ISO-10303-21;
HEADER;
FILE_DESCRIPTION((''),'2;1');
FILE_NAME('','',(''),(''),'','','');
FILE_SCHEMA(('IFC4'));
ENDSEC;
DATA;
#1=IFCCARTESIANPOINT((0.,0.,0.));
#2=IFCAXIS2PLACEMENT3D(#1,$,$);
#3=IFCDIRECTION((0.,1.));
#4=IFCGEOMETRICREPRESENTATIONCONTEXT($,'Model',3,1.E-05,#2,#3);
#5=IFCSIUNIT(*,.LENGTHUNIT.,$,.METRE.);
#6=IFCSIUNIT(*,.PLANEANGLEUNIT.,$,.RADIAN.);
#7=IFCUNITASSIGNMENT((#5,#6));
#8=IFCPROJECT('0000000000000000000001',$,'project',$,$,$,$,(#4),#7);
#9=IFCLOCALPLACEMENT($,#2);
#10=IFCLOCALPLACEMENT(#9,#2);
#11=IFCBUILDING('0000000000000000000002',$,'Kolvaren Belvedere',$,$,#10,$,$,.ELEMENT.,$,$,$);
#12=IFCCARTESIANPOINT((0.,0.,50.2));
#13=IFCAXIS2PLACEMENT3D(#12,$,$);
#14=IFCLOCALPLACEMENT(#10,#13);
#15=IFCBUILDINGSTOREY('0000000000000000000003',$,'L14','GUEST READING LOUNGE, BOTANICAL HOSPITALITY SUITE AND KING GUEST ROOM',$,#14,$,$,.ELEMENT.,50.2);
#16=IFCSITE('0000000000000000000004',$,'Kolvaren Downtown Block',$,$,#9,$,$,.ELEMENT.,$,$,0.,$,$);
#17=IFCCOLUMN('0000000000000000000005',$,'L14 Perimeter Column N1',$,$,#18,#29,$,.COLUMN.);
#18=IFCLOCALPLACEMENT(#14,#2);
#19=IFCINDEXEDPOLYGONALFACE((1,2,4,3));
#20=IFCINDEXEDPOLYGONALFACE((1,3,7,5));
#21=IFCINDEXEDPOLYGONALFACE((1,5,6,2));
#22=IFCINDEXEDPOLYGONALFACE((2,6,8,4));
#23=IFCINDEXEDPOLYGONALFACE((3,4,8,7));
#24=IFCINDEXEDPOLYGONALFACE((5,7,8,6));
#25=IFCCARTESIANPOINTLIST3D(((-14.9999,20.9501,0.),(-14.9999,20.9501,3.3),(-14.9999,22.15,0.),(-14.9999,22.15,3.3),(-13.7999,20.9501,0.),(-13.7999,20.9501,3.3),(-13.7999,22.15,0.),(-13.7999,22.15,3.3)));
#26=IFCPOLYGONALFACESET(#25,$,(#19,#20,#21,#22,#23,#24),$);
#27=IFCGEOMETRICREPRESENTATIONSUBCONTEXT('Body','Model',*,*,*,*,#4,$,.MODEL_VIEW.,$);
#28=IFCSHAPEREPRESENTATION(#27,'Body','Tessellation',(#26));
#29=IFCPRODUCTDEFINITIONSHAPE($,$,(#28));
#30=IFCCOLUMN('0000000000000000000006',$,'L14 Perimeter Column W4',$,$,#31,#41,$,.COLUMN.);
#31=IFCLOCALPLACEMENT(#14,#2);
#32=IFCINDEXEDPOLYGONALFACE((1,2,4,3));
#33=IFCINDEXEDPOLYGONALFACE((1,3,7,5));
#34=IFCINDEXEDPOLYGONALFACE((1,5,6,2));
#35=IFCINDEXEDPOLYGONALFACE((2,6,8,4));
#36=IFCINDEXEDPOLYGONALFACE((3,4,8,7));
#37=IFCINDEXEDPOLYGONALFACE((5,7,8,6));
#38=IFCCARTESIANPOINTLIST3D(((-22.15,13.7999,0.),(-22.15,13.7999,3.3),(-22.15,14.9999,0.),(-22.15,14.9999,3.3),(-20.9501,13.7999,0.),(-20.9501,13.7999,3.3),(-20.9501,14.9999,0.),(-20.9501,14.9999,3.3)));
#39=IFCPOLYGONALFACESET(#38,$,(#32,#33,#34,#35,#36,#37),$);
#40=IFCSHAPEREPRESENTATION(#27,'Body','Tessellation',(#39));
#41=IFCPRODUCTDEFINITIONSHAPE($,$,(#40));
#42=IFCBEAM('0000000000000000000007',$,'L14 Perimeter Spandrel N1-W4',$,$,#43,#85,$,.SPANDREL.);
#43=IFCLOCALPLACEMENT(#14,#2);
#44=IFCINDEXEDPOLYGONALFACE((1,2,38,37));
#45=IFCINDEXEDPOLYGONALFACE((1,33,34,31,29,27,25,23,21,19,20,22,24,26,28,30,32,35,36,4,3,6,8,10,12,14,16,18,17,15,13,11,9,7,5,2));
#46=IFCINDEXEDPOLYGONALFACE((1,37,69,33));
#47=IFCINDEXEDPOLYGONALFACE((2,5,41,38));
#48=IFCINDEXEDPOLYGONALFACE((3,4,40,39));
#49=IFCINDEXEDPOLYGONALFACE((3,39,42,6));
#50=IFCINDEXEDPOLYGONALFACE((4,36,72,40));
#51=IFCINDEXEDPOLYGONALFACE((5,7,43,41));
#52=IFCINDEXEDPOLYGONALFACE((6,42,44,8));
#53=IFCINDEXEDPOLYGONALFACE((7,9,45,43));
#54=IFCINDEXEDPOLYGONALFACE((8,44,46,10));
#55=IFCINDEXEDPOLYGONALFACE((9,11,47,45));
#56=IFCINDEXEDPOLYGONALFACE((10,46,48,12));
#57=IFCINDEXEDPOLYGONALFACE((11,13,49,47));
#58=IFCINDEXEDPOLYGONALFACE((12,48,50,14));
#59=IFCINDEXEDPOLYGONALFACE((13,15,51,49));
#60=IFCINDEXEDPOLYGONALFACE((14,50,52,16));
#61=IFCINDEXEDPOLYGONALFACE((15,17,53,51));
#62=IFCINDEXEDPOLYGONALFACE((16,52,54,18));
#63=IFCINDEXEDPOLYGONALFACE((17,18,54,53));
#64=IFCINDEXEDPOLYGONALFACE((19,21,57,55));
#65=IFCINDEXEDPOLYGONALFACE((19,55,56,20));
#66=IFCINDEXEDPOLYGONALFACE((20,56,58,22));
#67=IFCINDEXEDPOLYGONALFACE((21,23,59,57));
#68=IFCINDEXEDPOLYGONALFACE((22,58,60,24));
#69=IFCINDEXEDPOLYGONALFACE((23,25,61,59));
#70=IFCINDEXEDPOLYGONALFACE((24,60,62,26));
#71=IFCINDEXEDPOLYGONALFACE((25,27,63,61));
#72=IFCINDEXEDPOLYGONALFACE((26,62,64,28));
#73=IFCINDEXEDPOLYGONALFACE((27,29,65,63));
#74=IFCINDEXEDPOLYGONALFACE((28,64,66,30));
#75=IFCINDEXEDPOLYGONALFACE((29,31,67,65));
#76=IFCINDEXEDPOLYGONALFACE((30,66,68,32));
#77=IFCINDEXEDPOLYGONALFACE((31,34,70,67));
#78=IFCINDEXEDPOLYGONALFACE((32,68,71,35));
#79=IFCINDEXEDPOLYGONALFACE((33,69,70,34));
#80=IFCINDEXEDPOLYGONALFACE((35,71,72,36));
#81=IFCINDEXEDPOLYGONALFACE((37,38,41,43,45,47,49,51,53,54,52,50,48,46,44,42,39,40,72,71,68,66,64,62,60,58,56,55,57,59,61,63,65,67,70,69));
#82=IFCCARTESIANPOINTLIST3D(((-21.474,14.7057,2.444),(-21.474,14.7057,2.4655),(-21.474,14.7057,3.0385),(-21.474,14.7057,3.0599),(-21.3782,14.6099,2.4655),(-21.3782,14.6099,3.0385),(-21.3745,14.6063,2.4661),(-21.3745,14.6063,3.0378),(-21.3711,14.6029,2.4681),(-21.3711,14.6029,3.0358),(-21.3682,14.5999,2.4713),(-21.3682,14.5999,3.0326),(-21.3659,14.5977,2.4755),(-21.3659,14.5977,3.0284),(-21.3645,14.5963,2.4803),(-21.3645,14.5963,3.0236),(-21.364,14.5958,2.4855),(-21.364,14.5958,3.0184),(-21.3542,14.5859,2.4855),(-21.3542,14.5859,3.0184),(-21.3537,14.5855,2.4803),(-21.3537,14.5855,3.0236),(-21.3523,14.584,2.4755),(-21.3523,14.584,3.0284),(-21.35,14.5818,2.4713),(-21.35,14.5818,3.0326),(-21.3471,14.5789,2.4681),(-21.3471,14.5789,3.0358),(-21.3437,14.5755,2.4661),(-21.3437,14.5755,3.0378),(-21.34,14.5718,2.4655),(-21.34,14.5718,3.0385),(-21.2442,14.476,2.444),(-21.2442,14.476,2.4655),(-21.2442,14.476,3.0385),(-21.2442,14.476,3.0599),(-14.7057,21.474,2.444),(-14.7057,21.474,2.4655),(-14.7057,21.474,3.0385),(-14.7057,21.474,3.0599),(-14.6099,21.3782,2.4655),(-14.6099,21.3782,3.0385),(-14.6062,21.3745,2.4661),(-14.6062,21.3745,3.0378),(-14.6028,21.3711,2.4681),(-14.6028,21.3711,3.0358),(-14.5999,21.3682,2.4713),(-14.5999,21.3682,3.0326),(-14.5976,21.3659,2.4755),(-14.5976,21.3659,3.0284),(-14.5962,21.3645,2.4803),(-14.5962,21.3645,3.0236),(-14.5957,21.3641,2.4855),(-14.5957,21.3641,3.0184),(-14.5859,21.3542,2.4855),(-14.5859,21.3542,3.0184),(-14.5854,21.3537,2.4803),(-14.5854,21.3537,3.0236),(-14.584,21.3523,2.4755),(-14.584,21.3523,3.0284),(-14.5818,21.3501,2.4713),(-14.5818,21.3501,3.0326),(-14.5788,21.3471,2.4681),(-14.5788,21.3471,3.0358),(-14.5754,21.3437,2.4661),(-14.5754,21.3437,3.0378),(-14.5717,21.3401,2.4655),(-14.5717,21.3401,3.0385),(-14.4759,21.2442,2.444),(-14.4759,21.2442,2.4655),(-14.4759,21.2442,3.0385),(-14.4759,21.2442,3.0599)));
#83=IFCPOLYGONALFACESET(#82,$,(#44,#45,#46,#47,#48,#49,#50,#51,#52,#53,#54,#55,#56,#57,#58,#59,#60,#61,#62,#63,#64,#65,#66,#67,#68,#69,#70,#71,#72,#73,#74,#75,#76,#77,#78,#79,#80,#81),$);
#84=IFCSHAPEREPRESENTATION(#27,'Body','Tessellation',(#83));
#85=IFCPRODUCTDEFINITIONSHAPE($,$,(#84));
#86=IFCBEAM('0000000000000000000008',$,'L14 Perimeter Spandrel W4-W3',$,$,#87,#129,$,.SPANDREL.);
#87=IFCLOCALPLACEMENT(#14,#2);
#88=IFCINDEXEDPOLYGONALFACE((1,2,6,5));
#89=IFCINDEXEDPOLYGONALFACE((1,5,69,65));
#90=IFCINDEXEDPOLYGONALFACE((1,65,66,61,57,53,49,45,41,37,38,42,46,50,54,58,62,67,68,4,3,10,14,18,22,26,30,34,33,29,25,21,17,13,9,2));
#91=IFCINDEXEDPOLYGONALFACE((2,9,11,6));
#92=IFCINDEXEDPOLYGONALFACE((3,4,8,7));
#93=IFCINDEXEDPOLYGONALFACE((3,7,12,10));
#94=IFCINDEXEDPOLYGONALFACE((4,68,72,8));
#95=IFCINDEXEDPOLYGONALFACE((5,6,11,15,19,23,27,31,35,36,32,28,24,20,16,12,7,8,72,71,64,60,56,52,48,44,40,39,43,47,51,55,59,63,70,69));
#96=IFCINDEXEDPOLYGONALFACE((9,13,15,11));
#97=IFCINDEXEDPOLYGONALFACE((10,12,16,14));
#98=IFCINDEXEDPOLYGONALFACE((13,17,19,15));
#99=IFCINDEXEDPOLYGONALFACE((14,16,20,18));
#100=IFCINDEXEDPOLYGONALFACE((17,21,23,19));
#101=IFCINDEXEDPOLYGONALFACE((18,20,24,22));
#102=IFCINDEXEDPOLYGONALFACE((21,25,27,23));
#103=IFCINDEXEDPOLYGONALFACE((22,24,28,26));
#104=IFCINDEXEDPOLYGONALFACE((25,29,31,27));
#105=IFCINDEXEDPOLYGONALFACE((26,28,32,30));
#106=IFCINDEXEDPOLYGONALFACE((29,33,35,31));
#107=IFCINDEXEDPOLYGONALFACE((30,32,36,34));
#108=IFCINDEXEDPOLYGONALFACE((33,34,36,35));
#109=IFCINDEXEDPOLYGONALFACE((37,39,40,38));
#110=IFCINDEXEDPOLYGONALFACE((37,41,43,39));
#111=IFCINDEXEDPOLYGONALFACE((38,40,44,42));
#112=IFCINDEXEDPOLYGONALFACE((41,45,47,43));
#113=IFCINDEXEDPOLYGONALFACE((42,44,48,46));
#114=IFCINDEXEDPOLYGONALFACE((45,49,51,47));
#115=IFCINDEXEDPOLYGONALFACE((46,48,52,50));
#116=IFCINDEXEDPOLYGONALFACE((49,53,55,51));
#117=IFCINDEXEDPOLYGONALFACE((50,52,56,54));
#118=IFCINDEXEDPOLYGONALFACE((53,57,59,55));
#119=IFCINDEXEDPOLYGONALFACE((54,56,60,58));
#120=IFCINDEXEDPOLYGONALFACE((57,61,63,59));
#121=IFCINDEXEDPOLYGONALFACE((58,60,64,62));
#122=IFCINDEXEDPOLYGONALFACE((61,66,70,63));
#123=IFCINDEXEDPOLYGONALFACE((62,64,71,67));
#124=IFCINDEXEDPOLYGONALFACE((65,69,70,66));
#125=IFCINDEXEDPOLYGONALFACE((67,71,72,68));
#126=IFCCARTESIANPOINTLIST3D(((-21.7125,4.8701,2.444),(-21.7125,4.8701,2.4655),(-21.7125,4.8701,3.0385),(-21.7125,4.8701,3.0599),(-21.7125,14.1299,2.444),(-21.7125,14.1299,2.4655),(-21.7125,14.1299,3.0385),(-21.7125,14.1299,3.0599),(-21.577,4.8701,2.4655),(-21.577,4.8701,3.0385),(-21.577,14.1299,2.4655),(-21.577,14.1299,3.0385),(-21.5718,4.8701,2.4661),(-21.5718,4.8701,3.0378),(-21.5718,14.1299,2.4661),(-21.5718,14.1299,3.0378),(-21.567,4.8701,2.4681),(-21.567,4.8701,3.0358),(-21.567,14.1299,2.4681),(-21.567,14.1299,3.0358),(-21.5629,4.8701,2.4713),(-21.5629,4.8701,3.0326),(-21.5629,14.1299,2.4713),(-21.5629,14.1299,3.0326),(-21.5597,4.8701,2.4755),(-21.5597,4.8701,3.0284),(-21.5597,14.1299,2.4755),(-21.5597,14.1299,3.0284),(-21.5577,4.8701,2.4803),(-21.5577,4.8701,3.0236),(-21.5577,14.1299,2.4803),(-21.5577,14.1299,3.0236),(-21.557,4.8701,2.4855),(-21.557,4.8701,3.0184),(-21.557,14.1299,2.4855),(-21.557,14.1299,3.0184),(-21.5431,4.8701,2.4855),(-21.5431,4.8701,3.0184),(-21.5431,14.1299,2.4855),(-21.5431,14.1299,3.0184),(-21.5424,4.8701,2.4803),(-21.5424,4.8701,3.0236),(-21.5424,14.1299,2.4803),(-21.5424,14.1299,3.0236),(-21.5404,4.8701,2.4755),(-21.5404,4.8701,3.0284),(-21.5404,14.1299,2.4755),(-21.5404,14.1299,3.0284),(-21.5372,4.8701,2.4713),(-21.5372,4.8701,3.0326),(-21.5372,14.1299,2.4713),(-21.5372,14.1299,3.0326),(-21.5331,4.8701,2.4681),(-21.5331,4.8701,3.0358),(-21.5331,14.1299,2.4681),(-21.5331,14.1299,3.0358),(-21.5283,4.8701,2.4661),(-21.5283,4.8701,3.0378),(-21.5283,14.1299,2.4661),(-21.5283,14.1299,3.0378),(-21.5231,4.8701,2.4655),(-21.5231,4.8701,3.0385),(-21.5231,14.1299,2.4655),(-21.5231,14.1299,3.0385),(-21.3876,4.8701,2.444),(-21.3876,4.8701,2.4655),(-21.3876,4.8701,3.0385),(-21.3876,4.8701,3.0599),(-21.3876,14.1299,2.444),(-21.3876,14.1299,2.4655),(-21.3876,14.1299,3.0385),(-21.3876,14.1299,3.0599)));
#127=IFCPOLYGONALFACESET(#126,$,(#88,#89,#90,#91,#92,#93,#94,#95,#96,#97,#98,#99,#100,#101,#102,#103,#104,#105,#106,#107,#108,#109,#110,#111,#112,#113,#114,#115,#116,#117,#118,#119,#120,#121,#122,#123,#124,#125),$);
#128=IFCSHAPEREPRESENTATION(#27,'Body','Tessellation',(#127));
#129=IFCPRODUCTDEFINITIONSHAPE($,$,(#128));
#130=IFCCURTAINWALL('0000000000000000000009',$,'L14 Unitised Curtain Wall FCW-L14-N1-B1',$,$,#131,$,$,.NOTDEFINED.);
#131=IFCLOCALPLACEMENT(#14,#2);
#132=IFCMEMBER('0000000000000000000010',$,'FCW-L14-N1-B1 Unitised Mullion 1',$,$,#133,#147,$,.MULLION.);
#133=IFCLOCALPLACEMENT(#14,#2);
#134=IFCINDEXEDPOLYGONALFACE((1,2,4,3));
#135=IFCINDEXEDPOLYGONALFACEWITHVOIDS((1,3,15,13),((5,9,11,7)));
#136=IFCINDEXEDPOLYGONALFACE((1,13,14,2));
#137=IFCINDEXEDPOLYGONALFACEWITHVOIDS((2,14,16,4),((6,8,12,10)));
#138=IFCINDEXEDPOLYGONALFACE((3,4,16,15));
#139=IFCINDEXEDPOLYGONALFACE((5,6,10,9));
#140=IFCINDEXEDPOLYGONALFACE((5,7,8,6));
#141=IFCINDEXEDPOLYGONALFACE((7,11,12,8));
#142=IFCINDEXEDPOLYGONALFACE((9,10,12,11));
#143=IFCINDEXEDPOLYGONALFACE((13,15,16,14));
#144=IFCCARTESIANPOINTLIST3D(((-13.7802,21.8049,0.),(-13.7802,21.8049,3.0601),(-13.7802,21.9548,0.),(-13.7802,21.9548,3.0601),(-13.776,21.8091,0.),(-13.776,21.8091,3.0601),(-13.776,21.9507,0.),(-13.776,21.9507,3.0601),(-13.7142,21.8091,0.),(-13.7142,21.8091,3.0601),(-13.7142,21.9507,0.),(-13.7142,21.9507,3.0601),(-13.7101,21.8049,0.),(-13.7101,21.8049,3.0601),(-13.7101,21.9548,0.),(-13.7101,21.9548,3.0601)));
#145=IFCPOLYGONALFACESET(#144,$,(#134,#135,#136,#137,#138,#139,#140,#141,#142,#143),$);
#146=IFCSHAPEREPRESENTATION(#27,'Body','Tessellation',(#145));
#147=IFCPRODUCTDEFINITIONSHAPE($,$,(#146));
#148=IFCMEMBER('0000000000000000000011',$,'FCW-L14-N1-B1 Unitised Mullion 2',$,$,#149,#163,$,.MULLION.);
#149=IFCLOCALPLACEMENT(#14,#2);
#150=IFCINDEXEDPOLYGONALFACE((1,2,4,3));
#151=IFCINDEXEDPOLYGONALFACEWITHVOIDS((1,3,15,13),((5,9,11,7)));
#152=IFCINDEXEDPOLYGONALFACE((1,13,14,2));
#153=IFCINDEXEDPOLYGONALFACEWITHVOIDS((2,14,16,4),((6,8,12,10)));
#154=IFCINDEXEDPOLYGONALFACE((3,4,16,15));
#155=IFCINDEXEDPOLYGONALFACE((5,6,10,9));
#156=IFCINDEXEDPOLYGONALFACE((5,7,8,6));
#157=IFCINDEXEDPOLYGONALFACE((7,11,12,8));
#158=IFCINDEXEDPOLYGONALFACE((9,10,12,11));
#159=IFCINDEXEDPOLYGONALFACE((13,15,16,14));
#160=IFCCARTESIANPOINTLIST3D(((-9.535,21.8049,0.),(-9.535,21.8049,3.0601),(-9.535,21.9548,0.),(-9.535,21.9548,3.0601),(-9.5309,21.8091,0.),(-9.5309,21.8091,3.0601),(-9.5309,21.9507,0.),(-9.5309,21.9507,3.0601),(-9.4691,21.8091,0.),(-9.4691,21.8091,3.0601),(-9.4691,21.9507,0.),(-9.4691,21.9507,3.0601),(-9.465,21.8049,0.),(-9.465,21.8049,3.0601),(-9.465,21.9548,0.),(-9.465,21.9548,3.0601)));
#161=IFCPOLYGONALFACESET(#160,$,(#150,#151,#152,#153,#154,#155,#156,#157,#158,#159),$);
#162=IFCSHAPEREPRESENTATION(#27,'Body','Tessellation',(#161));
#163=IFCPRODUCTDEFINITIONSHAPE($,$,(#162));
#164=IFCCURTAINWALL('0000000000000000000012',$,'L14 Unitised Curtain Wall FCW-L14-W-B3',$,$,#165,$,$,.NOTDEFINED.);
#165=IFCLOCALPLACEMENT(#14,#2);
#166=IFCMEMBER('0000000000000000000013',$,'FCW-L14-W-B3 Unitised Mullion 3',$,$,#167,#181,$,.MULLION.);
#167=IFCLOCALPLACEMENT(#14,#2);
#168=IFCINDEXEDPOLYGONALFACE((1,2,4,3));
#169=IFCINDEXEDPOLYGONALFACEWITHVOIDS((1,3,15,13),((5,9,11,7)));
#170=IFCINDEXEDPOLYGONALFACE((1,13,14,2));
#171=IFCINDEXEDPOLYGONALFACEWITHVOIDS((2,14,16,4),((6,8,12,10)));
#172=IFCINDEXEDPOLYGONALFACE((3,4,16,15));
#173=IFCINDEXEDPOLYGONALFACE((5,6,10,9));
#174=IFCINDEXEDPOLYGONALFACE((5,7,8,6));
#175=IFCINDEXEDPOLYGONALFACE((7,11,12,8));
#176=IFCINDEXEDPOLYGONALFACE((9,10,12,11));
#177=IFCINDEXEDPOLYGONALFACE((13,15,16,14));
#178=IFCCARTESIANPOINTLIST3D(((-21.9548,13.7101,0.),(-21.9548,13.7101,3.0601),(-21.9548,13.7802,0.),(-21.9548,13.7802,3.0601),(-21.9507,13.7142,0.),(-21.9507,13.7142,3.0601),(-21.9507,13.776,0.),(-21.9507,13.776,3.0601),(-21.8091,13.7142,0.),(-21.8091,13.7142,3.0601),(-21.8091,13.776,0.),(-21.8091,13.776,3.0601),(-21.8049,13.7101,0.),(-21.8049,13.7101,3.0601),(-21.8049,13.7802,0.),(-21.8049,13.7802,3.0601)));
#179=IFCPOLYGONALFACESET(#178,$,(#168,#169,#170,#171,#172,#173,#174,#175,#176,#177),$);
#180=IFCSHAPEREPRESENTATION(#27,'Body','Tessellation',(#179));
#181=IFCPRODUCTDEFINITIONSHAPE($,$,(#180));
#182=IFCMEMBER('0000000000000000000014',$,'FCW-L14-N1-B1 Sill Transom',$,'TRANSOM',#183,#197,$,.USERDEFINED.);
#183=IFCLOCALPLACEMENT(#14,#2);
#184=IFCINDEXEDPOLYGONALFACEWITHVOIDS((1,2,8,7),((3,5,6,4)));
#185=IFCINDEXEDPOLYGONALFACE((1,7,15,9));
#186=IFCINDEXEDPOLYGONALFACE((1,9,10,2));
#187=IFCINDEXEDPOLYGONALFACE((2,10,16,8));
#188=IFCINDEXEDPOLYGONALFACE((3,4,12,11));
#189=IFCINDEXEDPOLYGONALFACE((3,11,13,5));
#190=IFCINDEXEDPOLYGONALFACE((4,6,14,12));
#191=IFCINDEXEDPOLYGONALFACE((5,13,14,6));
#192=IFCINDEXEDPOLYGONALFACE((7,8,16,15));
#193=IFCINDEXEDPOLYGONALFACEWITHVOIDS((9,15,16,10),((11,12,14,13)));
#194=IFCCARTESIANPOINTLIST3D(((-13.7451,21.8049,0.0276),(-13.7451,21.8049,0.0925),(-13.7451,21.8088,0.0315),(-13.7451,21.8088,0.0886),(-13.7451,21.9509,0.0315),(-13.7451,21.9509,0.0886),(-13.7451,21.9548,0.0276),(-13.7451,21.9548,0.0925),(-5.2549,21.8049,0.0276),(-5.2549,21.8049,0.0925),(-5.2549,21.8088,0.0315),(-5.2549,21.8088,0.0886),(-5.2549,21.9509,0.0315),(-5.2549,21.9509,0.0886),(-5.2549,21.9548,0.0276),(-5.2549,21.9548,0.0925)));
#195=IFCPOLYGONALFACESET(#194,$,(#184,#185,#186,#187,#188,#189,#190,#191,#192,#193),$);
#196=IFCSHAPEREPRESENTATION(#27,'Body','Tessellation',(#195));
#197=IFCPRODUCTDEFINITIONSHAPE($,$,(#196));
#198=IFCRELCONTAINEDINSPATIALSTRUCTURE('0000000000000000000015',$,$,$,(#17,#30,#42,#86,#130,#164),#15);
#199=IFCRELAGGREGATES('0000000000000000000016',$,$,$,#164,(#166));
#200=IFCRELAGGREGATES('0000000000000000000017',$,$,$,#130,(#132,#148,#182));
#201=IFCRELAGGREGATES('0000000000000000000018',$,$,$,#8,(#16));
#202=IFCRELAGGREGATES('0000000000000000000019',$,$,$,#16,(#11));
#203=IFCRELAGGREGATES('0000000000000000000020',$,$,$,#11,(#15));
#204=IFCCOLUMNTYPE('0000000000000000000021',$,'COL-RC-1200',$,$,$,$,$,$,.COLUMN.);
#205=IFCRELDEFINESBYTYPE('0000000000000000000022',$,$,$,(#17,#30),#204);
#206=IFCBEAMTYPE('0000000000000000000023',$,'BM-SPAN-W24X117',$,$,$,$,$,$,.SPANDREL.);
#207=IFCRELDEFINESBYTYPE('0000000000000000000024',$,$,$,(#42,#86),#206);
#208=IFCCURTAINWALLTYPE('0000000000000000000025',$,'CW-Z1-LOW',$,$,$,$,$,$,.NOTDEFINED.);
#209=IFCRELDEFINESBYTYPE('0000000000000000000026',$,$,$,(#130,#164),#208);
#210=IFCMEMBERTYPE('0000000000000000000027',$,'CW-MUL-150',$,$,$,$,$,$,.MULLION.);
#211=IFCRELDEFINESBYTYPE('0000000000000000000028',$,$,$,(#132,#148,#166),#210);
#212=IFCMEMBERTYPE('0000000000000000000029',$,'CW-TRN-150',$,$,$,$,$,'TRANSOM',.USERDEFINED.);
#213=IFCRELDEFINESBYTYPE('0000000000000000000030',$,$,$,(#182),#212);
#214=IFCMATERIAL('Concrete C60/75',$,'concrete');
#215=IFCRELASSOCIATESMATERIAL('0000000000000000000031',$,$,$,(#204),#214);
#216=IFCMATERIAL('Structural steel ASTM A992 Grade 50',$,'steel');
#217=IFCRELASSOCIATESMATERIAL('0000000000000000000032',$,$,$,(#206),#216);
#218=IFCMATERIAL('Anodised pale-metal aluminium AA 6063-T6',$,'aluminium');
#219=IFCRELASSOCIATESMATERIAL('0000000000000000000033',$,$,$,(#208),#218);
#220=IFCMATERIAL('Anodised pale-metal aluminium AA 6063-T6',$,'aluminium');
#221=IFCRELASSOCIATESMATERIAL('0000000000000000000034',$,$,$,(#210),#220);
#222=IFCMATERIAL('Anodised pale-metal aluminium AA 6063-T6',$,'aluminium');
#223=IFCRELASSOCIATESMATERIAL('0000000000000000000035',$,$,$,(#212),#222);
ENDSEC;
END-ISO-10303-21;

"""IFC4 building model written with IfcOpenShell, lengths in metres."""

from ifc_helpers import new_model, si_unit, direction, frame, origin, origin_2d, place, context, subcontext, project, spatial, rectangle, hollow_rectangle, i_section, extrude, material, material_profile, profile_set, type_object, element, aggregate, save


model = new_model("IFC4")

# Units and contexts
model_context = context("Model", 3, precision=1e-05, world=origin(), true_north=direction((0.0, 1.0)))
body_context = subcontext(model_context, "Body", "Model", "MODEL_VIEW")
ifc_project = project(units=[si_unit("LENGTHUNIT", "METRE"), si_unit("PLANEANGLEUNIT", "RADIAN")], contexts=[model_context])

# Site, building, storey
site_placement = place(None, origin())
site = spatial("IfcSite", under=ifc_project, at=site_placement, Name="Kolvaren Downtown Block", CompositionType="ELEMENT", RefElevation=0.0)
building_placement = place(site_placement, origin())
building = spatial("IfcBuilding", under=site, at=building_placement, Name="Kolvaren Belvedere", CompositionType="ELEMENT")
storey_placement = place(building_placement, frame((0.0, 0.0, 50.2)))
storey = spatial("IfcBuildingStorey", under=building, at=storey_placement, Name="L14", Description="GUEST READING LOUNGE, BOTANICAL HOSPITALITY SUITE AND KING GUEST ROOM", CompositionType="ELEMENT", Elevation=50.2)

# Columns
ifc_material_1 = material(Name="Concrete C60/75", Category="concrete")
ifc_material_profile_1 = material_profile(ifc_material_1, rectangle(XDim=1.2, YDim=1.2, at=origin_2d()), Name="RC 1200X1200")
ifc_profile_set_1 = profile_set([ifc_material_profile_1], Name="Concrete C60/75")
column_type = type_object("IfcColumnType", Name="COL-RC-1200", PredefinedType="COLUMN", material=ifc_profile_set_1)
for number, where, z_axis, x_axis, name in (
    (1, (-14.3999, 21.55, 0.0), (0.0, 0.0, 1.0), (1.0, 0.0, 0.0), "L14 Perimeter Column N1"),
    (2, (-21.55, 14.3999, 0.0), (0.0, 0.0, 1.0), (1.0, 0.0, 0.0), "L14 Perimeter Column W4"),
):
    element("IfcColumn", number, at=place(storey_placement, frame(where, z_axis=z_axis, x_axis=x_axis)), inside=storey, type_object=column_type, Name=name, PredefinedType="COLUMN", context=body_context, shape_type="SweptSolid", body=[
        extrude(rectangle(XDim=1.2, YDim=1.2, at=origin_2d()), origin(), (0.0, 0.0, 1.0), 3.3),
    ])

# Beams
ifc_material_2 = material(Name="Structural steel ASTM A992 Grade 50", Category="steel")
ifc_material_profile_2 = material_profile(ifc_material_2, i_section(OverallWidth=0.325, OverallDepth=0.616, WebThickness=0.0139, FlangeThickness=0.0215, FilletRadius=0.02, at=origin_2d()), Name="W24X117")
ifc_profile_set_2 = profile_set([ifc_material_profile_2], Name="Structural steel ASTM A992 Grade 50")
beam_type = type_object("IfcBeamType", Name="BM-SPAN-W24X117", PredefinedType="SPANDREL", material=ifc_profile_set_2)
beam_1_placement = place(storey_placement, frame((-14.5908, 21.3591, 2.752), z_axis=(-0.707107, -0.707107, 0.0), x_axis=(0.707107, -0.707107, 0.0)))
element("IfcBeam", 3, at=beam_1_placement, inside=storey, type_object=beam_type, Name="L14 Perimeter Spandrel N1-W4", PredefinedType="SPANDREL", context=body_context, shape_type="SweptSolid", body=[
    extrude(i_section(OverallWidth=0.325, OverallDepth=0.616, WebThickness=0.0139, FlangeThickness=0.0215, FilletRadius=0.02, at=origin_2d()), origin(), (0.0, 0.0, 1.0), 9.5718),
])
beam_2_placement = place(storey_placement, frame((-21.55, 14.1299, 2.752), z_axis=(0.0, -1.0, 0.0), x_axis=(1.0, 0.0, 0.0)))
element("IfcBeam", 4, at=beam_2_placement, inside=storey, type_object=beam_type, Name="L14 Perimeter Spandrel W4-W3", PredefinedType="SPANDREL", context=body_context, shape_type="SweptSolid", body=[
    extrude(i_section(OverallWidth=0.325, OverallDepth=0.616, WebThickness=0.0139, FlangeThickness=0.0215, FilletRadius=0.02, at=origin_2d()), origin(), (0.0, 0.0, 1.0), 9.2598),
])

# Curtain wall, members
ifc_material_3 = material(Name="Anodised pale-metal aluminium AA 6063-T6", Category="aluminium")
curtain_wall_type = type_object("IfcCurtainWallType", Name="CW-Z1-LOW", PredefinedType="NOTDEFINED", material=ifc_material_3)
curtain_wall_1_placement = place(storey_placement, origin())
curtain_wall_1 = element("IfcCurtainWall", 5, at=curtain_wall_1_placement, inside=storey, type_object=curtain_wall_type, Name="L14 Unitised Curtain Wall FCW-L14-N1-B1", PredefinedType="NOTDEFINED")
ifc_material_4 = material(Name="Anodised pale-metal aluminium AA 6063-T6", Category="aluminium")
ifc_material_profile_3 = material_profile(ifc_material_4, hollow_rectangle(XDim=0.0701, YDim=0.1499, WallThickness=0.0042, at=origin_2d()), Name="ALU-MUL-150X70")
ifc_profile_set_3 = profile_set([ifc_material_profile_3], Name="Anodised pale-metal aluminium AA 6063-T6")
member_type_1 = type_object("IfcMemberType", Name="CW-MUL-150", PredefinedType="MULLION", material=ifc_profile_set_3)
member_1_placement = place(storey_placement, frame((-13.7451, 21.8799, 0.0), z_axis=(0.0, 0.0, 1.0), x_axis=(1.0, 0.0, 0.0)))
member_1 = element("IfcMember", 6, at=member_1_placement, type_object=member_type_1, Name="FCW-L14-N1-B1 Unitised Mullion 1", PredefinedType="MULLION", context=body_context, shape_type="SweptSolid", body=[
    extrude(hollow_rectangle(XDim=0.0701, YDim=0.1499, WallThickness=0.0042, at=origin_2d()), origin(), (0.0, 0.0, 1.0), 3.0601),
])
member_2_placement = place(storey_placement, frame((-9.5, 21.8799, 0.0), z_axis=(0.0, 0.0, 1.0), x_axis=(1.0, 0.0, 0.0)))
member_2 = element("IfcMember", 7, at=member_2_placement, type_object=member_type_1, Name="FCW-L14-N1-B1 Unitised Mullion 2", PredefinedType="MULLION", context=body_context, shape_type="SweptSolid", body=[
    extrude(hollow_rectangle(XDim=0.0701, YDim=0.1499, WallThickness=0.0042, at=origin_2d()), origin(), (0.0, 0.0, 1.0), 3.0601),
])

# Curtain wall, member
curtain_wall_2_placement = place(storey_placement, origin())
curtain_wall_2 = element("IfcCurtainWall", 8, at=curtain_wall_2_placement, inside=storey, type_object=curtain_wall_type, Name="L14 Unitised Curtain Wall FCW-L14-W-B3", PredefinedType="NOTDEFINED")
member_3_placement = place(storey_placement, frame((-21.8799, 13.7451, 0.0), z_axis=(0.0, 0.0, 1.0), x_axis=(0.0, 1.0, 0.0)))
member_3 = element("IfcMember", 9, at=member_3_placement, type_object=member_type_1, Name="FCW-L14-W-B3 Unitised Mullion 3", PredefinedType="MULLION", context=body_context, shape_type="SweptSolid", body=[
    extrude(hollow_rectangle(XDim=0.0701, YDim=0.1499, WallThickness=0.0042, at=origin_2d()), origin(), (0.0, 0.0, 1.0), 3.0601),
])
aggregate(curtain_wall_2, [member_3])

# Member
ifc_material_5 = material(Name="Anodised pale-metal aluminium AA 6063-T6", Category="aluminium")
ifc_material_profile_4 = material_profile(ifc_material_5, hollow_rectangle(XDim=0.0649, YDim=0.1499, WallThickness=0.0039, at=origin_2d()), Name="ALU-TRN-150X65")
ifc_profile_set_4 = profile_set([ifc_material_profile_4], Name="Anodised pale-metal aluminium AA 6063-T6")
member_type_2 = type_object("IfcMemberType", Name="CW-TRN-150", ElementType="TRANSOM", PredefinedType="USERDEFINED", material=ifc_profile_set_4)
member_4_placement = place(storey_placement, frame((-13.7451, 21.8799, 0.0601), z_axis=(1.0, 0.0, 0.0), x_axis=(0.0, 0.0, 1.0)))
member_4 = element("IfcMember", 10, at=member_4_placement, type_object=member_type_2, Name="FCW-L14-N1-B1 Sill Transom", ObjectType="TRANSOM", PredefinedType="USERDEFINED", context=body_context, shape_type="SweptSolid", body=[
    extrude(hollow_rectangle(XDim=0.0649, YDim=0.1499, WallThickness=0.0039, at=origin_2d()), origin(), (0.0, 0.0, 1.0), 8.4902),
])

aggregate(curtain_wall_1, [member_1, member_2, member_4])

save(model, "model.ifc")
